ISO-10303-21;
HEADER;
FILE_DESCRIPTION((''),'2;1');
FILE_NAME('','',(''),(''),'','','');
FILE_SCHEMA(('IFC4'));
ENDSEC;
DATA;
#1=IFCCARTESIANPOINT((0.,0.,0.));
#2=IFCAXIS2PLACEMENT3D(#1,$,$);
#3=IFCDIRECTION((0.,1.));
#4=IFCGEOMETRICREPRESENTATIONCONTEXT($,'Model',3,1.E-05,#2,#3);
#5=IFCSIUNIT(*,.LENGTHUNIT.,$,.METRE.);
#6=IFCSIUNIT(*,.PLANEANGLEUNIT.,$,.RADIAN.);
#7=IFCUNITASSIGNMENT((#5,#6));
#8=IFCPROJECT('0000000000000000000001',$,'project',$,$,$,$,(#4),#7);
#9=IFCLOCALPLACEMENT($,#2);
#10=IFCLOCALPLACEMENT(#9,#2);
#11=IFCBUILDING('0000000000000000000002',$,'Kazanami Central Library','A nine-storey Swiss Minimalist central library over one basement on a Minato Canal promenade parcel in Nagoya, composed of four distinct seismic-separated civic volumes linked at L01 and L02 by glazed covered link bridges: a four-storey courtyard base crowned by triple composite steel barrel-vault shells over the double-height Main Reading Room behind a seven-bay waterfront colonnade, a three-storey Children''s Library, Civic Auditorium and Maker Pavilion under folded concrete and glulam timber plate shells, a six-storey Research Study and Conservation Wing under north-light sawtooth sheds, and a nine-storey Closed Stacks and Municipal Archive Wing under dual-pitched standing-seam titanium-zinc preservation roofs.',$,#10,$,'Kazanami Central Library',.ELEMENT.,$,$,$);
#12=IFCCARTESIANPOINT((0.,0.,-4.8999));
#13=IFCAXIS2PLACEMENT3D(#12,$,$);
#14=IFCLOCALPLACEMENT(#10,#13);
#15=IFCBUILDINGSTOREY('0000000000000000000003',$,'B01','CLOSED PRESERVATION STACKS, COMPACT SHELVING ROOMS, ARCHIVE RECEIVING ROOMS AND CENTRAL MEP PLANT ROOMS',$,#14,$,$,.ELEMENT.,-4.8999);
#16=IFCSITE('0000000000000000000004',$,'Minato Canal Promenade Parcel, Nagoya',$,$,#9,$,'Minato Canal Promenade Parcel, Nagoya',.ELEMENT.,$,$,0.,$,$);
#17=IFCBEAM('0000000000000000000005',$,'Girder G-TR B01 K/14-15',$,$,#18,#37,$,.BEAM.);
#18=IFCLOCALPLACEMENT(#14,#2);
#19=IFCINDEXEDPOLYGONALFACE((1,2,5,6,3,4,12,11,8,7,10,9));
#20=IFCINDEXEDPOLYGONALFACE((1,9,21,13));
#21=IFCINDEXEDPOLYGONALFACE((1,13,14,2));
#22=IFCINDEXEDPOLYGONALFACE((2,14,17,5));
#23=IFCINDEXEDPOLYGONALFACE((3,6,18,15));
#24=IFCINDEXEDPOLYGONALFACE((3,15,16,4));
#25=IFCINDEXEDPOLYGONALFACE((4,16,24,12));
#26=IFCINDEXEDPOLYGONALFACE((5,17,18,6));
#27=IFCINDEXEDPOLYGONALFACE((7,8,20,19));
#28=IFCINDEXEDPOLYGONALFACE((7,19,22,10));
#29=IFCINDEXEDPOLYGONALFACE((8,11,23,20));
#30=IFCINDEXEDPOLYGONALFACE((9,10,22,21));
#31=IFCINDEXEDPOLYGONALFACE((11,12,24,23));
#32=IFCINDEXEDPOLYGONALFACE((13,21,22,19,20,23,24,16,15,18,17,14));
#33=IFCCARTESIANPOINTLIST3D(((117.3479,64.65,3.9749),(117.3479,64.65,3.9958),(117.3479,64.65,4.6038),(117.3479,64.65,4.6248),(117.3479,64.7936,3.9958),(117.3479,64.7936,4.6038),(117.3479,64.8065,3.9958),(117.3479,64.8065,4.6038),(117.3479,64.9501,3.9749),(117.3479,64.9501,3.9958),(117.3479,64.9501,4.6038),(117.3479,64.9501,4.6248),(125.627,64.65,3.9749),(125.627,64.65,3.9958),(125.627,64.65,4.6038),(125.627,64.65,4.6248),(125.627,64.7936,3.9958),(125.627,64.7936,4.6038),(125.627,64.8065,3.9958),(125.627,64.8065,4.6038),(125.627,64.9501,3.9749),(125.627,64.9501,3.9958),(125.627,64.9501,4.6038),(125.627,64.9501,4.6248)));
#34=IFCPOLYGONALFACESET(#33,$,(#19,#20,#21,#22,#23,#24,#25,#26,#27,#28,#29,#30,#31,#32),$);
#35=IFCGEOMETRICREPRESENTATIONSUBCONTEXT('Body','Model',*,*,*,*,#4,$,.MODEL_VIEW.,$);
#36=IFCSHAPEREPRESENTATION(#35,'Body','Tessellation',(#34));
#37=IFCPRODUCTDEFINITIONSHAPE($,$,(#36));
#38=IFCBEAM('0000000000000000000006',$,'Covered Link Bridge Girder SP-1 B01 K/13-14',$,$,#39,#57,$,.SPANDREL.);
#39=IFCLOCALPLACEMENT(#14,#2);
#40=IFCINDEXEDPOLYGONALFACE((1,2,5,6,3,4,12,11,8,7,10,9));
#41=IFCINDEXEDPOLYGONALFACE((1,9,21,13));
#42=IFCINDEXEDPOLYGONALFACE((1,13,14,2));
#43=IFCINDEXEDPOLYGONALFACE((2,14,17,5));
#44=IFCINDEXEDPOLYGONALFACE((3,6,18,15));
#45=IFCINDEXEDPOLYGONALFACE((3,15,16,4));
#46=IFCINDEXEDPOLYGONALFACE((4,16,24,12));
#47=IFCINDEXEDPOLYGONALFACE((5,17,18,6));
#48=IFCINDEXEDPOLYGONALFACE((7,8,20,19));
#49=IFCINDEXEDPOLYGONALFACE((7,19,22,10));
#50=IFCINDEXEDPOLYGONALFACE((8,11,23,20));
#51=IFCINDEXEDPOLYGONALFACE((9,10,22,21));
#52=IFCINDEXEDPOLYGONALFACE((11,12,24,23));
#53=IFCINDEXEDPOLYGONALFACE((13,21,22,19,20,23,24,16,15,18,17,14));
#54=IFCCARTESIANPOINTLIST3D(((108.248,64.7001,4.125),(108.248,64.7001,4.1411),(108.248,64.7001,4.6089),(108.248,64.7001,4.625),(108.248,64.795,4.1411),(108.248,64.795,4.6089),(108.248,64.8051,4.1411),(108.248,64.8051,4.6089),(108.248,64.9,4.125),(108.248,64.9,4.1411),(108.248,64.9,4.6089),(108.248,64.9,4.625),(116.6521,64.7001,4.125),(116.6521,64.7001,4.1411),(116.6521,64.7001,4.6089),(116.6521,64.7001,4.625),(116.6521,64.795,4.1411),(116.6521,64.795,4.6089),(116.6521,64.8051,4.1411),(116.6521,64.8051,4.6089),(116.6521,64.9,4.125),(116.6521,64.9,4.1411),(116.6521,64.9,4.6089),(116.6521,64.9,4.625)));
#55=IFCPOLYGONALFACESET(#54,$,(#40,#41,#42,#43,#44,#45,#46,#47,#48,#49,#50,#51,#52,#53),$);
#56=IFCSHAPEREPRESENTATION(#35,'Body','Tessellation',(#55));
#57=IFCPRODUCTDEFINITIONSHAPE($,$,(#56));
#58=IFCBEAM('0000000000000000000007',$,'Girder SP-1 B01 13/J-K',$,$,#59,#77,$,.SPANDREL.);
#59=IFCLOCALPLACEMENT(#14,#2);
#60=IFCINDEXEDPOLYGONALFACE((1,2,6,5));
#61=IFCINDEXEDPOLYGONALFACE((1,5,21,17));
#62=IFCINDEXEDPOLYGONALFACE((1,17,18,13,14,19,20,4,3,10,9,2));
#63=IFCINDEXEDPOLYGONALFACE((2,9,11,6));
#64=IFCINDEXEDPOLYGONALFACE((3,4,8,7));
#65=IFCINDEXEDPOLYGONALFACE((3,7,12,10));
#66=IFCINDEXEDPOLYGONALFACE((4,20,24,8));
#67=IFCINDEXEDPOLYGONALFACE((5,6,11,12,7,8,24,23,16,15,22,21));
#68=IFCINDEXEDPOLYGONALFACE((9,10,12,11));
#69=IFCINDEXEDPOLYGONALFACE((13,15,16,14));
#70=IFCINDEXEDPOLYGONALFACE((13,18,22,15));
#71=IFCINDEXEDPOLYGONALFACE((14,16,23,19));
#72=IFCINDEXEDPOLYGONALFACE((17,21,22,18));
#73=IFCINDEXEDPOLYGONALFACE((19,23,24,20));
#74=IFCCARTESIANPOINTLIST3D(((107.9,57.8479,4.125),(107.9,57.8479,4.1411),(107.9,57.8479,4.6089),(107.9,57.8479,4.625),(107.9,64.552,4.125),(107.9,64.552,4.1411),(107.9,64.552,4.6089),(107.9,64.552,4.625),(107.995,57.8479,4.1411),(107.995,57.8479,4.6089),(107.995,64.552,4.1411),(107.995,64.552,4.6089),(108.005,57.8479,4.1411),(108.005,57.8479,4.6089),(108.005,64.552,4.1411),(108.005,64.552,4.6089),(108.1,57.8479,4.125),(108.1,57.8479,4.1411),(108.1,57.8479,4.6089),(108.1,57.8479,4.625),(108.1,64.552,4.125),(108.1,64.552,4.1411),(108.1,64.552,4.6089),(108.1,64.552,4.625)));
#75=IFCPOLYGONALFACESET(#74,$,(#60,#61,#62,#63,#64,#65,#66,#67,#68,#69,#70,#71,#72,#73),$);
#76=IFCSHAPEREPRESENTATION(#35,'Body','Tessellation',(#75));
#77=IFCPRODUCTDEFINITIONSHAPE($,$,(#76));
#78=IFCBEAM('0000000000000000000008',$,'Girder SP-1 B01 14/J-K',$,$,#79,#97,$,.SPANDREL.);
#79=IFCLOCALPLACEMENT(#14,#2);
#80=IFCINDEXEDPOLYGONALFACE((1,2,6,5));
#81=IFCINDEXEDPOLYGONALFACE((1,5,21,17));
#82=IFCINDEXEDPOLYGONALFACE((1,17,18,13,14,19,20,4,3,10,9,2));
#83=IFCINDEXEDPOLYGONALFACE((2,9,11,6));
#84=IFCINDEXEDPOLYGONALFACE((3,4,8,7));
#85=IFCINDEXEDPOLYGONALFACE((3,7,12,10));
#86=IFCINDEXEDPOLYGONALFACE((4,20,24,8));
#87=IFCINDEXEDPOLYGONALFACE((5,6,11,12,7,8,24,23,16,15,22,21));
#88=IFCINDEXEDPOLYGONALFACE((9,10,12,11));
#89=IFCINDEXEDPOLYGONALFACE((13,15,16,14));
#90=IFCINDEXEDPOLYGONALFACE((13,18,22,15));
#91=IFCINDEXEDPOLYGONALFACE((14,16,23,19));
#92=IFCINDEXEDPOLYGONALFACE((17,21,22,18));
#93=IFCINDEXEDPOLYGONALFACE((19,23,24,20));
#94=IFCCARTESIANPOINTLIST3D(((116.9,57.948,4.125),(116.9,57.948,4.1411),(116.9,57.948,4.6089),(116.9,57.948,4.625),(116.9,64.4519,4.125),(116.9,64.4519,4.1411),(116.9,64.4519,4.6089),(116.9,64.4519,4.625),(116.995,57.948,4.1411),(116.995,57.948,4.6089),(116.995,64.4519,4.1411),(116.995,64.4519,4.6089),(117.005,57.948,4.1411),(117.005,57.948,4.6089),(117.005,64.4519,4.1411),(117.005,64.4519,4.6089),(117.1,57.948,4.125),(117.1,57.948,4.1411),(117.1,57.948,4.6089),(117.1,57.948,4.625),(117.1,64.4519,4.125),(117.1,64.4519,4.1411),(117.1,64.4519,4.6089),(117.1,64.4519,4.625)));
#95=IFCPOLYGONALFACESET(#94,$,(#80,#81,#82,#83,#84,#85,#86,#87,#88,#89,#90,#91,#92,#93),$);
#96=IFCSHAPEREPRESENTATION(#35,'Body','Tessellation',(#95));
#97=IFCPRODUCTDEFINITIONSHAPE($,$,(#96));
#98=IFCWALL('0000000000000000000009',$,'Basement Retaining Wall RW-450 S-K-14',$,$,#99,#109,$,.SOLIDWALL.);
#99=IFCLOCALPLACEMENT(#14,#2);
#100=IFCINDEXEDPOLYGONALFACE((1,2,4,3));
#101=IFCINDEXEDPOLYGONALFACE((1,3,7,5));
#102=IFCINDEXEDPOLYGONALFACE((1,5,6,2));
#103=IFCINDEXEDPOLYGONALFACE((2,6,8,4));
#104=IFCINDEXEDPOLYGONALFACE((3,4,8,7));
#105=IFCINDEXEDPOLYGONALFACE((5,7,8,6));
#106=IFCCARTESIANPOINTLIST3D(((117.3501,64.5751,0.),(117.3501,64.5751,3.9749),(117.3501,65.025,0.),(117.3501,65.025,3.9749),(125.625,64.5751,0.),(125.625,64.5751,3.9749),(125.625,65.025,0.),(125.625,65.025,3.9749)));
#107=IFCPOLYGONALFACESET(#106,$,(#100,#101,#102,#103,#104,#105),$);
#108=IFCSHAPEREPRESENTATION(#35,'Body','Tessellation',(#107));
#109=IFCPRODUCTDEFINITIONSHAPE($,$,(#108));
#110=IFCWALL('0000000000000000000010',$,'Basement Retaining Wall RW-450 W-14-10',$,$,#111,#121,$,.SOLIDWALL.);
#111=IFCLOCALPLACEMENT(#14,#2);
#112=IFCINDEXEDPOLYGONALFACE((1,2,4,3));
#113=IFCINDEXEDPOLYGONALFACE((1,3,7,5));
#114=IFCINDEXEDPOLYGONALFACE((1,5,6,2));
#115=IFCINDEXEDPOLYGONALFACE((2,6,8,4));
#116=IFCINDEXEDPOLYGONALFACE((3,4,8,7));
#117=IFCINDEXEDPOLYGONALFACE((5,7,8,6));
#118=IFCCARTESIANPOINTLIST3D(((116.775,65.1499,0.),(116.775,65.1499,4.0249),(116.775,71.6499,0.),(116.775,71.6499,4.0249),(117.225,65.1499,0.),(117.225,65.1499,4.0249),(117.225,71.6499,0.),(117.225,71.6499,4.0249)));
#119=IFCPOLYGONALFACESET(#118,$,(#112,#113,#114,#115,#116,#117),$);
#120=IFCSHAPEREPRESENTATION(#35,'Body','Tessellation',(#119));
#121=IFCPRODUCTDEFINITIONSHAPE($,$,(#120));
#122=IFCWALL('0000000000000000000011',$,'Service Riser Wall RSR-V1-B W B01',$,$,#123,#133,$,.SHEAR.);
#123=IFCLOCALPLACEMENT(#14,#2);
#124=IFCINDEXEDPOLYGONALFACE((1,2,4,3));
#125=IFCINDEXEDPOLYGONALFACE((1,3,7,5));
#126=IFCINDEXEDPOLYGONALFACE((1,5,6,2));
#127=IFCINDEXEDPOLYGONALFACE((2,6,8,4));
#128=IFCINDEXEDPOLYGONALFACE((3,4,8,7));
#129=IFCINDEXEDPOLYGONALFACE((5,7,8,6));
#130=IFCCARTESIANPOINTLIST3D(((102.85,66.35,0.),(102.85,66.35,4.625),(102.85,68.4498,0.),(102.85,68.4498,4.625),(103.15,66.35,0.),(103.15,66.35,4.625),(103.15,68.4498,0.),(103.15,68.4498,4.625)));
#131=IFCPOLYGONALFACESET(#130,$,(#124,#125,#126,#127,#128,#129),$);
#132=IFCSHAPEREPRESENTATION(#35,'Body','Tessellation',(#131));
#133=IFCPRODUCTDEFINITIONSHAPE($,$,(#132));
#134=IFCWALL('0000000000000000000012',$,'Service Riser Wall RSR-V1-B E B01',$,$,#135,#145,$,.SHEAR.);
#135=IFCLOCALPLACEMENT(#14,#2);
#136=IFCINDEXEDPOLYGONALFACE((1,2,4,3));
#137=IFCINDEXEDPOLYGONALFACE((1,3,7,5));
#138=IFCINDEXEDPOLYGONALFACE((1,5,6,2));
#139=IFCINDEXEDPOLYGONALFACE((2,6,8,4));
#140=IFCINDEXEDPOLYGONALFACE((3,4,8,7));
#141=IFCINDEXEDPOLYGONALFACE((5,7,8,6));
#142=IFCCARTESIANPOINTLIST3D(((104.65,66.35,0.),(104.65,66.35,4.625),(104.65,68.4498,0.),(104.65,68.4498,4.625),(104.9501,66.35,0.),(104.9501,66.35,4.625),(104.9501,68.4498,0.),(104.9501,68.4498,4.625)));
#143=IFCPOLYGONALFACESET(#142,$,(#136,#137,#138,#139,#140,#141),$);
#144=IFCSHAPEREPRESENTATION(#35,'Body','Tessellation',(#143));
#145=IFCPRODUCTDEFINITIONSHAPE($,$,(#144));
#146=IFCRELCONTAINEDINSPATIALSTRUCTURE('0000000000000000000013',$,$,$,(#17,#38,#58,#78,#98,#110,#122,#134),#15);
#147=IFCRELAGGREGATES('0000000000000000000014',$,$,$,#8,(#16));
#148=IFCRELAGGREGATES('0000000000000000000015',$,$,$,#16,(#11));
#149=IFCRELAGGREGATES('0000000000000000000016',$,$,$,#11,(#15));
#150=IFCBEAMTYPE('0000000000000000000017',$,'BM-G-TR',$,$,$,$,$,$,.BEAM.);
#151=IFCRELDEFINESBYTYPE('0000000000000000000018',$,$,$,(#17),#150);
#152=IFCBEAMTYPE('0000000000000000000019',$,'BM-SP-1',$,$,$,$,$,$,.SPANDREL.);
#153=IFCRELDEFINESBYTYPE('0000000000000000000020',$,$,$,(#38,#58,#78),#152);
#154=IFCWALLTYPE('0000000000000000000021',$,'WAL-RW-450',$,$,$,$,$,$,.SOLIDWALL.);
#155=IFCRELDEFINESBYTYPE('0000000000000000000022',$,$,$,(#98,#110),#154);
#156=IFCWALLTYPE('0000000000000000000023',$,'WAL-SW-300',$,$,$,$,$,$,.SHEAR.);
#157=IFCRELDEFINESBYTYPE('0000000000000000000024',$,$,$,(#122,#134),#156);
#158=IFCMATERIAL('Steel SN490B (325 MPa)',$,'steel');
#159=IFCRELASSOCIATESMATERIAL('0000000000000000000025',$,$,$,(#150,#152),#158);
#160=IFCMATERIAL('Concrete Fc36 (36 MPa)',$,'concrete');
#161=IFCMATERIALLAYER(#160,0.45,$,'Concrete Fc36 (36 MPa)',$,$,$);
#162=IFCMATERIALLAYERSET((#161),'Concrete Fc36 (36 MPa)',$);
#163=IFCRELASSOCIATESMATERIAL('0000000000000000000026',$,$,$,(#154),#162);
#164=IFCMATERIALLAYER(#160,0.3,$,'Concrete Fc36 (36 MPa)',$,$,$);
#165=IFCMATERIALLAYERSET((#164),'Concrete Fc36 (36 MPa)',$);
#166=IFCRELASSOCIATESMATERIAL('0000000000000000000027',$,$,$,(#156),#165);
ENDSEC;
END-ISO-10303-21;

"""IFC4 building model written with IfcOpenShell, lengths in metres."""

from ifc_helpers import new_model, si_unit, direction, frame, frame_2d, origin, origin_2d, place, context, subcontext, project, spatial, rectangle, i_section, extrude, material, layer, layer_set, material_profile, profile_set, type_object, element, save


model = new_model("IFC4")

# Units and contexts
model_context = context("Model", 3, precision=1e-05, world=origin(), true_north=direction((0.0, 1.0)))
body_context = subcontext(model_context, "Body", "Model", "MODEL_VIEW")
ifc_project = project(units=[si_unit("LENGTHUNIT", "METRE"), si_unit("PLANEANGLEUNIT", "RADIAN")], contexts=[model_context])

# Site, building, storey
site_placement = place(None, origin())
site = spatial("IfcSite", under=ifc_project, at=site_placement, Name="Minato Canal Promenade Parcel, Nagoya", LongName="Minato Canal Promenade Parcel, Nagoya", CompositionType="ELEMENT", RefElevation=0.0)
building_placement = place(site_placement, origin())
building = spatial("IfcBuilding", under=site, at=building_placement, Name="Kazanami Central Library", Description="A nine-storey Swiss Minimalist central library over one basement on a Minato Canal promenade parcel in Nagoya, composed of four distinct seismic-separated civic volumes linked at L01 and L02 by glazed covered link bridges: a four-storey courtyard base crowned by triple composite steel barrel-vault shells over the double-height Main Reading Room behind a seven-bay waterfront colonnade, a three-storey Children's Library, Civic Auditorium and Maker Pavilion under folded concrete and glulam timber plate shells, a six-storey Research Study and Conservation Wing under north-light sawtooth sheds, and a nine-storey Closed Stacks and Municipal Archive Wing under dual-pitched standing-seam titanium-zinc preservation roofs.", LongName="Kazanami Central Library", CompositionType="ELEMENT")
storey_placement = place(building_placement, frame((0.0, 0.0, -4.8999)))
storey = spatial("IfcBuildingStorey", under=building, at=storey_placement, Name="B01", Description="CLOSED PRESERVATION STACKS, COMPACT SHELVING ROOMS, ARCHIVE RECEIVING ROOMS AND CENTRAL MEP PLANT ROOMS", CompositionType="ELEMENT", Elevation=-4.8999)

# Shared definitions
ifc_material_1 = material(Name="Concrete Fc36 (36 MPa)", Category="concrete")

# Beams
ifc_material_2 = material(Name="Steel SN490B (325 MPa)", Category="steel")
ifc_material_profile_1 = material_profile(ifc_material_2, i_section(OverallWidth=0.3, OverallDepth=0.6499, WebThickness=0.0129, FlangeThickness=0.021, at=origin_2d()), Name="H-650x300x13x21")
ifc_profile_set_1 = profile_set([ifc_material_profile_1], Name="Steel SN490B (325 MPa)")
beam_type_1 = type_object("IfcBeamType", Name="BM-G-TR", PredefinedType="BEAM", material=ifc_profile_set_1)
for number, where, z_axis, x_axis, name in (
    (1, (117.3479, 64.8, 4.2998), (1.0, 0.0, 0.0), (0.0, 1.0, 0.0), "Girder G-TR B01 K/14-15"),
):
    element("IfcBeam", number, at=place(storey_placement, frame(where, z_axis=z_axis, x_axis=x_axis)), inside=storey, type_object=beam_type_1, Name=name, PredefinedType="BEAM", context=body_context, shape_type="SweptSolid", body=[
        extrude(i_section(OverallWidth=0.3, OverallDepth=0.6499, WebThickness=0.0129, FlangeThickness=0.021, at=origin_2d()), origin(), (0.0, 0.0, 1.0), 8.2791),
    ])
ifc_material_profile_2 = material_profile(ifc_material_2, i_section(OverallWidth=0.2, OverallDepth=0.5, WebThickness=0.01, FlangeThickness=0.0161, at=origin_2d()), Name="H-500x200x10x16")
ifc_profile_set_2 = profile_set([ifc_material_profile_2], Name="Steel SN490B (325 MPa)")
beam_type_2 = type_object("IfcBeamType", Name="BM-SP-1", PredefinedType="SPANDREL", material=ifc_profile_set_2)
beam_1_placement = place(storey_placement, frame((108.248, 64.8, 4.375), z_axis=(1.0, 0.0, 0.0), x_axis=(0.0, 1.0, 0.0)))
element("IfcBeam", 2, at=beam_1_placement, inside=storey, type_object=beam_type_2, Name="Covered Link Bridge Girder SP-1 B01 K/13-14", PredefinedType="SPANDREL", context=body_context, shape_type="SweptSolid", body=[
    extrude(i_section(OverallWidth=0.2, OverallDepth=0.5, WebThickness=0.01, FlangeThickness=0.0161, at=origin_2d()), origin(), (0.0, 0.0, 1.0), 8.4041),
])
beam_2_placement = place(storey_placement, frame((108.0, 57.8479, 4.375), z_axis=(0.0, 1.0, 0.0), x_axis=(-1.0, 0.0, 0.0)))
element("IfcBeam", 3, at=beam_2_placement, inside=storey, type_object=beam_type_2, Name="Girder SP-1 B01 13/J-K", PredefinedType="SPANDREL", context=body_context, shape_type="SweptSolid", body=[
    extrude(i_section(OverallWidth=0.2, OverallDepth=0.5, WebThickness=0.01, FlangeThickness=0.0161, at=origin_2d()), origin(), (0.0, 0.0, 1.0), 6.7041),
])
beam_3_placement = place(storey_placement, frame((117.0, 57.948, 4.375), z_axis=(0.0, 1.0, 0.0), x_axis=(-1.0, 0.0, 0.0)))
element("IfcBeam", 4, at=beam_3_placement, inside=storey, type_object=beam_type_2, Name="Girder SP-1 B01 14/J-K", PredefinedType="SPANDREL", context=body_context, shape_type="SweptSolid", body=[
    extrude(i_section(OverallWidth=0.2, OverallDepth=0.5, WebThickness=0.01, FlangeThickness=0.0161, at=origin_2d()), origin(), (0.0, 0.0, 1.0), 6.5039),
])

# Walls
ifc_layer_1 = layer(ifc_material_1, 0.45, Name="Concrete Fc36 (36 MPa)")
ifc_layer_set_1 = layer_set([ifc_layer_1], Name="Concrete Fc36 (36 MPa)")
wall_type_1 = type_object("IfcWallType", Name="WAL-RW-450", PredefinedType="SOLIDWALL", material=ifc_layer_set_1)
wall_1_placement = place(storey_placement, frame((117.3501, 64.8, 0.0), z_axis=(0.0, 0.0, 1.0), x_axis=(1.0, 0.0, 0.0)))
element("IfcWall", 5, at=wall_1_placement, inside=storey, type_object=wall_type_1, Name="Basement Retaining Wall RW-450 S-K-14", PredefinedType="SOLIDWALL", context=body_context, shape_type="SweptSolid", body=[
    extrude(rectangle(XDim=8.2749, YDim=0.45, at=frame_2d((4.1375, 0.0))), origin(), (0.0, 0.0, 1.0), 3.9749),
])
wall_2_placement = place(storey_placement, frame((117.0, 65.1499, 0.0), z_axis=(0.0, 0.0, 1.0), x_axis=(0.0, 1.0, 0.0)))
element("IfcWall", 6, at=wall_2_placement, inside=storey, type_object=wall_type_1, Name="Basement Retaining Wall RW-450 W-14-10", PredefinedType="SOLIDWALL", context=body_context, shape_type="SweptSolid", body=[
    extrude(rectangle(XDim=6.5, YDim=0.45, at=frame_2d((3.25, 0.0))), origin(), (0.0, 0.0, 1.0), 4.0249),
])
ifc_layer_2 = layer(ifc_material_1, 0.3, Name="Concrete Fc36 (36 MPa)")
ifc_layer_set_2 = layer_set([ifc_layer_2], Name="Concrete Fc36 (36 MPa)")
wall_type_2 = type_object("IfcWallType", Name="WAL-SW-300", PredefinedType="SHEAR", material=ifc_layer_set_2)
for number, where, z_axis, x_axis, name in (
    (7, (103.0, 66.3501, 0.0), (0.0, 0.0, 1.0), (0.0, 1.0, 0.0), "Service Riser Wall RSR-V1-B W B01"),
    (8, (104.8, 66.3501, 0.0), (0.0, 0.0, 1.0), (0.0, 1.0, 0.0), "Service Riser Wall RSR-V1-B E B01"),
):
    element("IfcWall", number, at=place(storey_placement, frame(where, z_axis=z_axis, x_axis=x_axis)), inside=storey, type_object=wall_type_2, Name=name, PredefinedType="SHEAR", context=body_context, shape_type="SweptSolid", body=[
        extrude(rectangle(XDim=2.0999, YDim=0.3, at=frame_2d((1.0498, 0.0))), origin(), (0.0, 0.0, 1.0), 4.625),
    ])

save(model, "model.ifc")
